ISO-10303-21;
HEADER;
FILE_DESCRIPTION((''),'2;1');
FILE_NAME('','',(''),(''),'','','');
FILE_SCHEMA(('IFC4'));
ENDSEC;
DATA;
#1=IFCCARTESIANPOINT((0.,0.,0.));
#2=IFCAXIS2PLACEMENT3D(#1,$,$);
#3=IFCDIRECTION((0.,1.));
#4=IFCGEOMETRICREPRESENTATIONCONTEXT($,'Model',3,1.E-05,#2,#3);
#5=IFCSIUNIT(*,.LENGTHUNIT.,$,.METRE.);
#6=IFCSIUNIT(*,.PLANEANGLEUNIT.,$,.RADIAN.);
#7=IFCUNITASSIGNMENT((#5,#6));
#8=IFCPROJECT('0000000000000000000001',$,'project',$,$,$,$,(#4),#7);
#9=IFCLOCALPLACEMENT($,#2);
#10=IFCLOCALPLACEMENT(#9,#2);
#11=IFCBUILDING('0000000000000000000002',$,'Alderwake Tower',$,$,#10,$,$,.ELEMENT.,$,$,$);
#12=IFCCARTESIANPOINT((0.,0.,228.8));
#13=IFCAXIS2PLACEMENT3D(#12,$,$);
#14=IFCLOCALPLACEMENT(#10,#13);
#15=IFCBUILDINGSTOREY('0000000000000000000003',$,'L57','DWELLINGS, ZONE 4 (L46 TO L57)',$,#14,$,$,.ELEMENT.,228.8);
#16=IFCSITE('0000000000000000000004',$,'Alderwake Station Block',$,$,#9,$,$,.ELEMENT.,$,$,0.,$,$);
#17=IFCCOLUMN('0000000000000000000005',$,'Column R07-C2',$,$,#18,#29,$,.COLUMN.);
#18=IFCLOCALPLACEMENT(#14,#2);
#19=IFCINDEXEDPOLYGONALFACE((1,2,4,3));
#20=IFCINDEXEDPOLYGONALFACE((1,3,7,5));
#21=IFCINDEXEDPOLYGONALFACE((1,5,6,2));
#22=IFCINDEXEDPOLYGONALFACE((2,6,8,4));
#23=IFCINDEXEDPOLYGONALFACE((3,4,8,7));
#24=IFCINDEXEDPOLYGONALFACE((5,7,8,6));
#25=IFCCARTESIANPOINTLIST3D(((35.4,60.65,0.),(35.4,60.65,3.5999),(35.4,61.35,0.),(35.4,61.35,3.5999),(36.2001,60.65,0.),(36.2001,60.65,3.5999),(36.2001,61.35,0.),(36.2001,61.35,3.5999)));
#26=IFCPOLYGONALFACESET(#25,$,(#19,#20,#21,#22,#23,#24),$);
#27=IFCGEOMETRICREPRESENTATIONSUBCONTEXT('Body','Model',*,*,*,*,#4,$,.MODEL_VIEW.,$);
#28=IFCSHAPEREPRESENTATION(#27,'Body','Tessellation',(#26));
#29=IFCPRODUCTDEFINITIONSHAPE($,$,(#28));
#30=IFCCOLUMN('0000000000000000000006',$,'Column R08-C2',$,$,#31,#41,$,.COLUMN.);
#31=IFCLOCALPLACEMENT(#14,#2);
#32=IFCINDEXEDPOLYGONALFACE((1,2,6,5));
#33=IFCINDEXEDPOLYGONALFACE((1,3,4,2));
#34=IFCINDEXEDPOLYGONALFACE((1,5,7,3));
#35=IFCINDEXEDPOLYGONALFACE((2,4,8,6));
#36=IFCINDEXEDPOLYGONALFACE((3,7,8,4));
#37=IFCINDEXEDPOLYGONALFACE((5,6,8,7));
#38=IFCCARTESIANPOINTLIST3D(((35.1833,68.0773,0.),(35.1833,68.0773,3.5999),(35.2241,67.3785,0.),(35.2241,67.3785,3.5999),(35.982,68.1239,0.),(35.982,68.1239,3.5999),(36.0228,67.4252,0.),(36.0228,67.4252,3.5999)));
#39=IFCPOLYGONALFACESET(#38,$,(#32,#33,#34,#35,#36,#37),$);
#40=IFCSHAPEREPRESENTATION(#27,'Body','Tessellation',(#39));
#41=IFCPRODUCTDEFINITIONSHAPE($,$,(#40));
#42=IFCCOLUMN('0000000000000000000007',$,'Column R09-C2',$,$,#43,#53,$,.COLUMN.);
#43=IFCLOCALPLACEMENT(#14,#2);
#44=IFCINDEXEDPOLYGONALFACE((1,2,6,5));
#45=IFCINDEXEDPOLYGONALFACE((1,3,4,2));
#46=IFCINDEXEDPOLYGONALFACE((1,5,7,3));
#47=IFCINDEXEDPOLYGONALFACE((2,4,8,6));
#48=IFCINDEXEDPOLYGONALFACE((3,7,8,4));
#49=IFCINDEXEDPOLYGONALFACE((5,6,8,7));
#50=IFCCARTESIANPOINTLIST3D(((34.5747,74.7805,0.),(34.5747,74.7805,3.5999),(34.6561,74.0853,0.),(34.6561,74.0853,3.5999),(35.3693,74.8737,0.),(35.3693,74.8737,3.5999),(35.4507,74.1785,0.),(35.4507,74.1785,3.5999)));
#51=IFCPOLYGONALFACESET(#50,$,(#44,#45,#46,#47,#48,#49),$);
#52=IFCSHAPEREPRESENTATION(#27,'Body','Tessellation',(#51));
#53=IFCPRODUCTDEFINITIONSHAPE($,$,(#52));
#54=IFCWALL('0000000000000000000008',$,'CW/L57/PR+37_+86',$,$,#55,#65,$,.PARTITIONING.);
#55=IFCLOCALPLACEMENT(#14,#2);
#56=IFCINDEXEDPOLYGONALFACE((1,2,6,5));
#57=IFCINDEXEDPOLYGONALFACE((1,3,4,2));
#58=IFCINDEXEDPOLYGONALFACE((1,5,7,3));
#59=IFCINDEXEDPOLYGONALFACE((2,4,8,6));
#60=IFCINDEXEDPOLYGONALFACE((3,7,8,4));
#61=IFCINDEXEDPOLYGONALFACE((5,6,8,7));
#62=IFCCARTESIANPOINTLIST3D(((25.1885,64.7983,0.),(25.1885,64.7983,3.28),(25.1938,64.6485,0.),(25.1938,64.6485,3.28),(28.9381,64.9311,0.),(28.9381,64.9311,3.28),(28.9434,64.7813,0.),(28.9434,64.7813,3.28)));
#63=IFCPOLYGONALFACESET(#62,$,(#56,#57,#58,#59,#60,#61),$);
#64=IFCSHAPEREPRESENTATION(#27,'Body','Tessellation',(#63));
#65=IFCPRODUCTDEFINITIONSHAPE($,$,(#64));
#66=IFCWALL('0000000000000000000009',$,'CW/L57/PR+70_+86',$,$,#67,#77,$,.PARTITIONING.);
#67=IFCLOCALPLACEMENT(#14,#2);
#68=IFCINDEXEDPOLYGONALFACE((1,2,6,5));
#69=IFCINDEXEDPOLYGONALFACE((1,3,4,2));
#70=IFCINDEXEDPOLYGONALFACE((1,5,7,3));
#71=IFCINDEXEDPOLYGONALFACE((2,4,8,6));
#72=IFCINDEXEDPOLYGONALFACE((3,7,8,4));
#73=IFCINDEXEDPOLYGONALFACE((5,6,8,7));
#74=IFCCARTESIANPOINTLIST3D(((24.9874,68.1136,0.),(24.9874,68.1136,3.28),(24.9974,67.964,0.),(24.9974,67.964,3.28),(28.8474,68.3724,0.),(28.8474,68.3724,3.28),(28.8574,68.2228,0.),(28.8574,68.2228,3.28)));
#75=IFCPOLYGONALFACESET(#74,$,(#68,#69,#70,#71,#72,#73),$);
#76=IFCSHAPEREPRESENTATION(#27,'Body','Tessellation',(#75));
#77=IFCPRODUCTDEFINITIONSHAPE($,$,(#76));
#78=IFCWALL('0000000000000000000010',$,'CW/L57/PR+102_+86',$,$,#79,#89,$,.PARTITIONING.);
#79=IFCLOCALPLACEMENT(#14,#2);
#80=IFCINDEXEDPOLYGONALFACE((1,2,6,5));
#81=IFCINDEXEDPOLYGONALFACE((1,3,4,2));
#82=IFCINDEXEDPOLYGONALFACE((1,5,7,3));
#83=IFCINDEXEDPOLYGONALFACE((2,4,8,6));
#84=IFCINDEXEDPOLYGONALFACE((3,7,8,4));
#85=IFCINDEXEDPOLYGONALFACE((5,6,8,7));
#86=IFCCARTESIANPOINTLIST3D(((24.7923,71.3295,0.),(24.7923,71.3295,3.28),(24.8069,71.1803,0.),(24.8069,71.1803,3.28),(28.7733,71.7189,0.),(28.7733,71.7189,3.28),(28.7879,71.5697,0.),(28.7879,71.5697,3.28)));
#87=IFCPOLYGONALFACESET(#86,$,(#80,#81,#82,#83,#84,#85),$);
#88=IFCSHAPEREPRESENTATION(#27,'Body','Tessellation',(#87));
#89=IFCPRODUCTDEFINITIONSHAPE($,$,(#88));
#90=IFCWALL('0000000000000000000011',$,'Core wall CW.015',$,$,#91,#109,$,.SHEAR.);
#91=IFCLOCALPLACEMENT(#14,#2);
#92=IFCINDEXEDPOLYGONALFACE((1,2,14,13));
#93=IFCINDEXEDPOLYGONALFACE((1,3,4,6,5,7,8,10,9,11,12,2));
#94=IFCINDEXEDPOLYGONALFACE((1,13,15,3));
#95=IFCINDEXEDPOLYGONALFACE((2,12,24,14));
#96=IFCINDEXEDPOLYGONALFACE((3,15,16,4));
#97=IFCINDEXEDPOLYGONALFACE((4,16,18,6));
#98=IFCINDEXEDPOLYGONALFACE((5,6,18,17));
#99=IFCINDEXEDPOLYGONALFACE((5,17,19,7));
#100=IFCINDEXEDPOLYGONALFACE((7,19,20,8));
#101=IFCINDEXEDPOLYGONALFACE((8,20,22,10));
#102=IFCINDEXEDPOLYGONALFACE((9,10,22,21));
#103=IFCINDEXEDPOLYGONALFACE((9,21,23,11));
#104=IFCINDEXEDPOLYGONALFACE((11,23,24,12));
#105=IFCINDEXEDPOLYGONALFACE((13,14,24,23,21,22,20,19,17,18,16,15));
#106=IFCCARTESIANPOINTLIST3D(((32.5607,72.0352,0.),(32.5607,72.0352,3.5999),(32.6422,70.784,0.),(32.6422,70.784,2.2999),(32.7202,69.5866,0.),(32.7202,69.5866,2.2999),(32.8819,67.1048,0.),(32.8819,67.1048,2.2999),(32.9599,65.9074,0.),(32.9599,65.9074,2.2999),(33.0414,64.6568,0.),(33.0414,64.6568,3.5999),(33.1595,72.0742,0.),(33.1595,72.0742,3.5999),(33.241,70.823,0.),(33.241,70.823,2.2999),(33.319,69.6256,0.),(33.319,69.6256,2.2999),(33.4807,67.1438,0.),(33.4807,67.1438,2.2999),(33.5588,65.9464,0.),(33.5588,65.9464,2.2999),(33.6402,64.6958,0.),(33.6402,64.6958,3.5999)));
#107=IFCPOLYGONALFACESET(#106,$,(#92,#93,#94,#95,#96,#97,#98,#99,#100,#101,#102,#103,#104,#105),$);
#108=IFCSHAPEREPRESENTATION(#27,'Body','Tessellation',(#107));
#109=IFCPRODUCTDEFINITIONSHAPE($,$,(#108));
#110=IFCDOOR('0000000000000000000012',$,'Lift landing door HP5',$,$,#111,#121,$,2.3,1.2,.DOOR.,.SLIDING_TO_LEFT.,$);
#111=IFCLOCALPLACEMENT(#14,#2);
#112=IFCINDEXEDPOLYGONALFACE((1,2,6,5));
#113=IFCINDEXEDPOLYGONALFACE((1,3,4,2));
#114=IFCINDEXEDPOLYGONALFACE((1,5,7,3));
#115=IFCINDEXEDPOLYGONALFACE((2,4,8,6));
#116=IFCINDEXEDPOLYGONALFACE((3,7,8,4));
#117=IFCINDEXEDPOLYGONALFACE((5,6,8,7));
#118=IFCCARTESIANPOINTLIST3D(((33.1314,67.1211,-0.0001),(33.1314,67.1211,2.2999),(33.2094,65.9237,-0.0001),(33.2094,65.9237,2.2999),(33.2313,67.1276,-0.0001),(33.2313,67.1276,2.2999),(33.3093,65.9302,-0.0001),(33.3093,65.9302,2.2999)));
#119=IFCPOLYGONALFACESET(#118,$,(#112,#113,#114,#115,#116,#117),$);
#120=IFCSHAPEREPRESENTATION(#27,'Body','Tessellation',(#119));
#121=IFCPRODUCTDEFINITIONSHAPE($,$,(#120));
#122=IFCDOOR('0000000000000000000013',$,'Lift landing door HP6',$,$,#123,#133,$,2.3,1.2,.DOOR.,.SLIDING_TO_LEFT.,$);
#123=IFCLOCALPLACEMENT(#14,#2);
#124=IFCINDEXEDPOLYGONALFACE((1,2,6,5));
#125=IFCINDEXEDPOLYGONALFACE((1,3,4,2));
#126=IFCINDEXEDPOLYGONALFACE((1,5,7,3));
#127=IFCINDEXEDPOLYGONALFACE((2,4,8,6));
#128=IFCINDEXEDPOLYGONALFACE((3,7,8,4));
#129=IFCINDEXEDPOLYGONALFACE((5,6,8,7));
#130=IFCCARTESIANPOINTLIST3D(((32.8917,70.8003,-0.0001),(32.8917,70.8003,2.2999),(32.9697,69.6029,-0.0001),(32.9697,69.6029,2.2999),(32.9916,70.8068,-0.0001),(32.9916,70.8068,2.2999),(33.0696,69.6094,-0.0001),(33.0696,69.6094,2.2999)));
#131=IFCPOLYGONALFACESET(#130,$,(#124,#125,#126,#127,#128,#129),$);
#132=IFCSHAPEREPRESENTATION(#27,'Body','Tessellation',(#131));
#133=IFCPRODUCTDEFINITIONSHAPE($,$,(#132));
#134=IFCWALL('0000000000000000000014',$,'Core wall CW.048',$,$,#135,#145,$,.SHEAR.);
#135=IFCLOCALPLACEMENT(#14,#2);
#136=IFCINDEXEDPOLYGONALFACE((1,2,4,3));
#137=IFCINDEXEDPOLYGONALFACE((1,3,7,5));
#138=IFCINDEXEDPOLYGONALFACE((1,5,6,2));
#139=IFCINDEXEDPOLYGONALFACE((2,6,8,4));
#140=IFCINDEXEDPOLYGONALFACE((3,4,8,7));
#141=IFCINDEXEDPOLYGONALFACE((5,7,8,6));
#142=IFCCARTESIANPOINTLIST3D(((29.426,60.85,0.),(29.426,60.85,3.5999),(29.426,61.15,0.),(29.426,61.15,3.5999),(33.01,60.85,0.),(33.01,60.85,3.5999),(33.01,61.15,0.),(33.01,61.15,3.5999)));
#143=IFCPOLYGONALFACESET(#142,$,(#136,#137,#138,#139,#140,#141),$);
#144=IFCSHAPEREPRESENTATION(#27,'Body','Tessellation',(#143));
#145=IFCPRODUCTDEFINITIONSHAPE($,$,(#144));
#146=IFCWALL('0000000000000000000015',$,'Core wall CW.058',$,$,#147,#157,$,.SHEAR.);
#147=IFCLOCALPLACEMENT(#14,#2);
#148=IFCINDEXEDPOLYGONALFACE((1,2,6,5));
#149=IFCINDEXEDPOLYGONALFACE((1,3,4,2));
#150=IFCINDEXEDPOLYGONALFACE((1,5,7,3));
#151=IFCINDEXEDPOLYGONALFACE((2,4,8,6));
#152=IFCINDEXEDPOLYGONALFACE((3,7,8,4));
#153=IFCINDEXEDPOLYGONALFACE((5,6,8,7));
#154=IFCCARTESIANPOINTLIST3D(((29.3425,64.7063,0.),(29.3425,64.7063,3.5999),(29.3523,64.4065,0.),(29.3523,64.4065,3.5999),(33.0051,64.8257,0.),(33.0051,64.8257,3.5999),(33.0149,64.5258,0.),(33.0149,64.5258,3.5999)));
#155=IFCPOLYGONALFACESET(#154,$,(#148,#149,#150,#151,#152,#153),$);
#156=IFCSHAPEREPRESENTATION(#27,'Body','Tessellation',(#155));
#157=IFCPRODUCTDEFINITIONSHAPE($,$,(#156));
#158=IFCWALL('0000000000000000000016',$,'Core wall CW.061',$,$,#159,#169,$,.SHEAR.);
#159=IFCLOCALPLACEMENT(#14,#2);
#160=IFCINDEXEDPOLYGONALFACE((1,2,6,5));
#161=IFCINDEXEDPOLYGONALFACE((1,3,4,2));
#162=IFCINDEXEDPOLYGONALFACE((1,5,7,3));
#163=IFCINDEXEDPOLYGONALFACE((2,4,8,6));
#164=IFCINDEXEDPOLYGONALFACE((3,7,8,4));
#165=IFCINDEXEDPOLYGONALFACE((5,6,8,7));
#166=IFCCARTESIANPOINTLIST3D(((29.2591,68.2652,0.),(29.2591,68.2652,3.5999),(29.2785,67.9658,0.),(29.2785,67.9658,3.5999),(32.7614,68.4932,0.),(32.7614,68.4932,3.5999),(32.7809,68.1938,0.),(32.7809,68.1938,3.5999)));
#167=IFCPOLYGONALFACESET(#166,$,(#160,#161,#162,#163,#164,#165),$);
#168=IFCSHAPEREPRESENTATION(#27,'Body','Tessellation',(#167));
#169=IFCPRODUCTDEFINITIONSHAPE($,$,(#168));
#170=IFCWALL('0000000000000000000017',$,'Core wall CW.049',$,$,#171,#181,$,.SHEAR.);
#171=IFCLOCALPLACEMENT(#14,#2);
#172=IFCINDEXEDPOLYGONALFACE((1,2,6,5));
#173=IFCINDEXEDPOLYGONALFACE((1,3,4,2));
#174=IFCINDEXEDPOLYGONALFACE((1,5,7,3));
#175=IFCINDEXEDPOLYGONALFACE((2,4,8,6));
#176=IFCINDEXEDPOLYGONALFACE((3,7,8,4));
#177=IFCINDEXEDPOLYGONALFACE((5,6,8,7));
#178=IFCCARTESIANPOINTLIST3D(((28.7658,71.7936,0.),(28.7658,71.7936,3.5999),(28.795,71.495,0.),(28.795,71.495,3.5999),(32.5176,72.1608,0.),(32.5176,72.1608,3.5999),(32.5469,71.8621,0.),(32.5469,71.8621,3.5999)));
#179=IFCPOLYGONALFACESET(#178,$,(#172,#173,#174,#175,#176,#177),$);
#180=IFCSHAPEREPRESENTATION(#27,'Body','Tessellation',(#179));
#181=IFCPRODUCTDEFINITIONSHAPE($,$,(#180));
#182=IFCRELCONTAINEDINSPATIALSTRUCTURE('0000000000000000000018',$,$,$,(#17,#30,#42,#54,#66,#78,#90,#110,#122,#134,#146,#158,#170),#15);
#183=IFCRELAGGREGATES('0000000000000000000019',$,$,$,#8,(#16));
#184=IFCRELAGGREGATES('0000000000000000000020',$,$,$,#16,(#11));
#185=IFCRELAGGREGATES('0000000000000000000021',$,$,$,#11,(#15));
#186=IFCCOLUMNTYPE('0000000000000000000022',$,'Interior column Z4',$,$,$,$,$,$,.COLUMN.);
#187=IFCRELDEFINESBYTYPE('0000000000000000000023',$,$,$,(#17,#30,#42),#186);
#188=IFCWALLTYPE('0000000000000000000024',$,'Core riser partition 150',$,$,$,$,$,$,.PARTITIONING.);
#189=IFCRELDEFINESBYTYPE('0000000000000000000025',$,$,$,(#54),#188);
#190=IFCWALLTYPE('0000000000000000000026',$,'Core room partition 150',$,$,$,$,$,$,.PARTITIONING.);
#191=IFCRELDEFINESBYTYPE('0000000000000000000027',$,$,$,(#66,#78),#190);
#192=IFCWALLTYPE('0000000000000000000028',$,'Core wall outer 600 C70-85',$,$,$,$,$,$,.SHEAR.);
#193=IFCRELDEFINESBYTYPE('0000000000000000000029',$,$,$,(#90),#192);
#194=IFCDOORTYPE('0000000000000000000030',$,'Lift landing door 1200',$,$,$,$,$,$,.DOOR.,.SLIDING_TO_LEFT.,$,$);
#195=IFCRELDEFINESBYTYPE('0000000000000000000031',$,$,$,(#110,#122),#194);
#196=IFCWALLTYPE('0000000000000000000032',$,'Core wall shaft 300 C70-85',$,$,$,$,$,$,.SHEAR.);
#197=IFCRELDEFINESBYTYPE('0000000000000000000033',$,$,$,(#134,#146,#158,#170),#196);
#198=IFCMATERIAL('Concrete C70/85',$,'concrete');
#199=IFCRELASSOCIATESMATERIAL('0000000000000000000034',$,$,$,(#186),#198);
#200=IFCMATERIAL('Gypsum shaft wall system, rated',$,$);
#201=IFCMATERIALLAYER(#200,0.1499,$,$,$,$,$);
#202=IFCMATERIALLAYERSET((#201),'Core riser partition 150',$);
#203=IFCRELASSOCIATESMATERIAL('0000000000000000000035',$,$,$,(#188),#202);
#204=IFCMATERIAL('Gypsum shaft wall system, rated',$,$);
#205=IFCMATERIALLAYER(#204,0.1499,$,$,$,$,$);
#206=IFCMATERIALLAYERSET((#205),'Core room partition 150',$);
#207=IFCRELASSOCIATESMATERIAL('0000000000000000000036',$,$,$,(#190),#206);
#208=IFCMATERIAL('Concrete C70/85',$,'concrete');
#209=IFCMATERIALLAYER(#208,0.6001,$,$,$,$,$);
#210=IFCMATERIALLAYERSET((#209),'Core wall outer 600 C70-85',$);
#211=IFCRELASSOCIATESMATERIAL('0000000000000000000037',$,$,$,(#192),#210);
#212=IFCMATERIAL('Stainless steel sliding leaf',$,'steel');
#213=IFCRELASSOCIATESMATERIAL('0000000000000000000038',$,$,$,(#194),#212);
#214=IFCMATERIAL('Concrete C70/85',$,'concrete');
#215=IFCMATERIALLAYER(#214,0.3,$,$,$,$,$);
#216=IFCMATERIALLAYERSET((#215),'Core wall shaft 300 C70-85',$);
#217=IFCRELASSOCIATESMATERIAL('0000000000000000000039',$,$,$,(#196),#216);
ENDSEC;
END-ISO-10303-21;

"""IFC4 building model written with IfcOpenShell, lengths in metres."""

from ifc_helpers import new_model, si_unit, direction, frame, frame_2d, origin, origin_2d, place, context, subcontext, project, spatial, rectangle, extrude, material, layer, layer_set, material_profile, profile_set, type_object, element, fill, save


model = new_model("IFC4")

# Units and contexts
model_context = context("Model", 3, precision=1e-05, world=origin(), true_north=direction((0.0, 1.0)))
body_context = subcontext(model_context, "Body", "Model", "MODEL_VIEW")
ifc_project = project(units=[si_unit("LENGTHUNIT", "METRE"), si_unit("PLANEANGLEUNIT", "RADIAN")], contexts=[model_context])

# Site, building, storey
site_placement = place(None, origin())
site = spatial("IfcSite", under=ifc_project, at=site_placement, Name="Alderwake Station Block", CompositionType="ELEMENT", RefElevation=0.0)
building_placement = place(site_placement, origin())
building = spatial("IfcBuilding", under=site, at=building_placement, Name="Alderwake Tower", CompositionType="ELEMENT")
storey_placement = place(building_placement, frame((0.0, 0.0, 228.8)))
storey = spatial("IfcBuildingStorey", under=building, at=storey_placement, Name="L57", Description="DWELLINGS, ZONE 4 (L46 TO L57)", CompositionType="ELEMENT", Elevation=228.8)

# Columns
ifc_material_1 = material(Name="Concrete C70/85", Category="concrete")
ifc_material_profile = material_profile(ifc_material_1, rectangle(XDim=0.7, YDim=0.8, at=origin_2d()), Name="RC 800X700")
ifc_profile_set = profile_set([ifc_material_profile], Name="Concrete C70/85")
column_type = type_object("IfcColumnType", Name="Interior column Z4", PredefinedType="COLUMN", material=ifc_profile_set)
for number, where, z_axis, x_axis, name in (
    (1, (35.8, 61.0, 0.0), (0.0, 0.0, 1.0), (0.0, 1.0, 0.0), "Column R07-C2"),
    (2, (35.603, 67.7512, 0.0), (0.0, 0.0, 1.0), (-0.058301, 0.998299, 0.0), "Column R08-C2"),
    (3, (35.0127, 74.4795, 0.0), (0.0, 0.0, 1.0), (-0.116402, 0.993202, 0.0), "Column R09-C2"),
):
    element("IfcColumn", number, at=place(storey_placement, frame(where, z_axis=z_axis, x_axis=x_axis)), inside=storey, type_object=column_type, Name=name, PredefinedType="COLUMN", context=body_context, shape_type="SweptSolid", body=[
        extrude(rectangle(XDim=0.7, YDim=0.8, at=origin_2d()), origin(), (0.0, 0.0, 1.0), 3.5999),
    ])

# Walls
ifc_material_2 = material(Name="Gypsum shaft wall system, rated")
ifc_layer_1 = layer(ifc_material_2, 0.1499)
ifc_layer_set_1 = layer_set([ifc_layer_1], Name="Core riser partition 150")
wall_type_1 = type_object("IfcWallType", Name="Core riser partition 150", PredefinedType="PARTITIONING", material=ifc_layer_set_1)
wall_1_placement = place(storey_placement, frame((25.1912, 64.7234, 0.0), z_axis=(0.0, 0.0, 1.0), x_axis=(0.999373, 0.035399, 0.0)))
element("IfcWall", 4, at=wall_1_placement, inside=storey, type_object=wall_type_1, Name="CW/L57/PR+37_+86", PredefinedType="PARTITIONING", context=body_context, shape_type="SweptSolid", body=[
    extrude(rectangle(XDim=3.752, YDim=0.1499, at=frame_2d((1.876, 0.0))), origin(), (0.0, 0.0, 1.0), 3.28),
])
ifc_material_3 = material(Name="Gypsum shaft wall system, rated")
ifc_layer_2 = layer(ifc_material_3, 0.1499)
ifc_layer_set_2 = layer_set([ifc_layer_2], Name="Core room partition 150")
wall_type_2 = type_object("IfcWallType", Name="Core room partition 150", PredefinedType="PARTITIONING", material=ifc_layer_set_2)
wall_2_placement = place(storey_placement, frame((24.9924, 68.0388, 0.0), z_axis=(0.0, 0.0, 1.0), x_axis=(0.99776, 0.066892, 0.0)))
element("IfcWall", 5, at=wall_2_placement, inside=storey, type_object=wall_type_2, Name="CW/L57/PR+70_+86", PredefinedType="PARTITIONING", context=body_context, shape_type="SweptSolid", body=[
    extrude(rectangle(XDim=3.8687, YDim=0.1499, at=frame_2d((1.9343, 0.0))), origin(), (0.0, 0.0, 1.0), 3.28),
])
wall_3_placement = place(storey_placement, frame((24.7996, 71.2549, 0.0), z_axis=(0.0, 0.0, 1.0), x_axis=(0.99525, 0.097352, 0.0)))
element("IfcWall", 6, at=wall_3_placement, inside=storey, type_object=wall_type_2, Name="CW/L57/PR+102_+86", PredefinedType="PARTITIONING", context=body_context, shape_type="SweptSolid", body=[
    extrude(rectangle(XDim=4.0, YDim=0.1499, at=frame_2d((2.0, 0.0))), origin(), (0.0, 0.0, 1.0), 3.28),
])

# Wall, openings, doors
ifc_material_4 = material(Name="Concrete C70/85", Category="concrete")
ifc_layer_3 = layer(ifc_material_4, 0.6001)
ifc_layer_set_3 = layer_set([ifc_layer_3], Name="Core wall outer 600 C70-85")
wall_type_3 = type_object("IfcWallType", Name="Core wall outer 600 C70-85", PredefinedType="SHEAR", material=ifc_layer_set_3)
wall_4_placement = place(storey_placement, frame((33.3408, 64.6763, 0.0), z_axis=(0.0, 0.0, 1.0), x_axis=(-0.065013, 0.997884, 0.0)))
wall_4 = element("IfcWall", 7, at=wall_4_placement, inside=storey, type_object=wall_type_3, Name="Core wall CW.015", PredefinedType="SHEAR", context=body_context, shape_type="SweptSolid", body=[
    extrude(rectangle(XDim=7.394, YDim=0.6001, at=frame_2d((3.697, 0.0))), origin(), (0.0, 0.0, 1.0), 3.5999),
])
opening_1_placement = place(wall_4_placement, frame((1.2532, 0.0, 0.0)))
opening_1 = element("IfcOpeningElement", 8, at=opening_1_placement, cuts=wall_4, PredefinedType="OPENING", context=body_context, shape_type="SweptSolid", body=[
    extrude(rectangle(XDim=1.2, YDim=2.3, at=frame_2d((0.6001, 1.1499))), frame((0.0, 0.3101, 0.0), z_axis=(0.0, -1.0, 0.0), x_axis=(1.0, 0.0, 0.0)), (0.0, 0.0, 1.0), 0.6201),
])
opening_2_placement = place(wall_4_placement, frame((4.9402, 0.0, 0.0)))
opening_2 = element("IfcOpeningElement", 9, at=opening_2_placement, cuts=wall_4, PredefinedType="OPENING", context=body_context, shape_type="SweptSolid", body=[
    extrude(rectangle(XDim=1.2, YDim=2.3, at=frame_2d((0.6001, 1.1499))), frame((0.0, 0.3101, 0.0), z_axis=(0.0, -1.0, 0.0), x_axis=(1.0, 0.0, 0.0)), (0.0, 0.0, 1.0), 0.6201),
])
ifc_material_5 = material(Name="Stainless steel sliding leaf", Category="steel")
door_type_1 = type_object("IfcDoorType", Name="Lift landing door 1200", OperationType="SLIDING_TO_LEFT", PredefinedType="DOOR", material=ifc_material_5)
door_1_placement = place(opening_1_placement, origin())
door_1 = element("IfcDoor", 10, at=door_1_placement, inside=storey, type_object=door_type_1, Name="Lift landing door HP5", OperationType="SLIDING_TO_LEFT", OverallHeight=2.3, OverallWidth=1.2, PredefinedType="DOOR", context=body_context, shape_type="SweptSolid", body=[
    extrude(rectangle(XDim=1.2, YDim=2.3, at=frame_2d((0.6001, 1.1499))), frame((0.0, 0.05, 0.0), z_axis=(0.0, -1.0, 0.0), x_axis=(1.0, 0.0, 0.0)), (0.0, 0.0, 1.0), 0.1001),
])
fill(opening_1, door_1)
door_2_placement = place(opening_2_placement, origin())
door_2 = element("IfcDoor", 11, at=door_2_placement, inside=storey, type_object=door_type_1, Name="Lift landing door HP6", OperationType="SLIDING_TO_LEFT", OverallHeight=2.3, OverallWidth=1.2, PredefinedType="DOOR", context=body_context, shape_type="SweptSolid", body=[
    extrude(rectangle(XDim=1.2, YDim=2.3, at=frame_2d((0.6001, 1.1499))), frame((0.0, 0.05, 0.0), z_axis=(0.0, -1.0, 0.0), x_axis=(1.0, 0.0, 0.0)), (0.0, 0.0, 1.0), 0.1001),
])
fill(opening_2, door_2)

# Walls
ifc_material_6 = material(Name="Concrete C70/85", Category="concrete")
ifc_layer_4 = layer(ifc_material_6, 0.3)
ifc_layer_set_4 = layer_set([ifc_layer_4], Name="Core wall shaft 300 C70-85")
wall_type_4 = type_object("IfcWallType", Name="Core wall shaft 300 C70-85", PredefinedType="SHEAR", material=ifc_layer_set_4)
wall_5_placement = place(storey_placement, frame((29.426, 61.0, 0.0), z_axis=(0.0, 0.0, 1.0), x_axis=(1.0, 0.0, 0.0)))
element("IfcWall", 12, at=wall_5_placement, inside=storey, type_object=wall_type_4, Name="Core wall CW.048", PredefinedType="SHEAR", context=body_context, shape_type="SweptSolid", body=[
    extrude(rectangle(XDim=3.584, YDim=0.3, at=frame_2d((1.792, 0.0))), origin(), (0.0, 0.0, 1.0), 3.5999),
])
wall_6_placement = place(storey_placement, frame((29.3474, 64.5564, 0.0), z_axis=(0.0, 0.0, 1.0), x_axis=(0.999469, 0.032578, 0.0)))
element("IfcWall", 13, at=wall_6_placement, inside=storey, type_object=wall_type_4, Name="Core wall CW.058", PredefinedType="SHEAR", context=body_context, shape_type="SweptSolid", body=[
    extrude(rectangle(XDim=3.6646, YDim=0.3, at=frame_2d((1.8323, 0.0))), origin(), (0.0, 0.0, 1.0), 3.5999),
])
wall_7_placement = place(storey_placement, frame((29.2688, 68.1155, 0.0), z_axis=(0.0, 0.0, 1.0), x_axis=(0.997887, 0.064968, 0.0)))
element("IfcWall", 14, at=wall_7_placement, inside=storey, type_object=wall_type_4, Name="Core wall CW.061", PredefinedType="SHEAR", context=body_context, shape_type="SweptSolid", body=[
    extrude(rectangle(XDim=3.5098, YDim=0.3, at=frame_2d((1.7549, 0.0))), origin(), (0.0, 0.0, 1.0), 3.5999),
])
wall_8_placement = place(storey_placement, frame((28.7805, 71.6443, 0.0), z_axis=(0.0, 0.0, 1.0), x_axis=(0.995245, 0.0974, 0.0)))
element("IfcWall", 15, at=wall_8_placement, inside=storey, type_object=wall_type_4, Name="Core wall CW.049", PredefinedType="SHEAR", context=body_context, shape_type="SweptSolid", body=[
    extrude(rectangle(XDim=3.7698, YDim=0.3, at=frame_2d((1.8848, 0.0))), origin(), (0.0, 0.0, 1.0), 3.5999),
])

save(model, "model.ifc")
